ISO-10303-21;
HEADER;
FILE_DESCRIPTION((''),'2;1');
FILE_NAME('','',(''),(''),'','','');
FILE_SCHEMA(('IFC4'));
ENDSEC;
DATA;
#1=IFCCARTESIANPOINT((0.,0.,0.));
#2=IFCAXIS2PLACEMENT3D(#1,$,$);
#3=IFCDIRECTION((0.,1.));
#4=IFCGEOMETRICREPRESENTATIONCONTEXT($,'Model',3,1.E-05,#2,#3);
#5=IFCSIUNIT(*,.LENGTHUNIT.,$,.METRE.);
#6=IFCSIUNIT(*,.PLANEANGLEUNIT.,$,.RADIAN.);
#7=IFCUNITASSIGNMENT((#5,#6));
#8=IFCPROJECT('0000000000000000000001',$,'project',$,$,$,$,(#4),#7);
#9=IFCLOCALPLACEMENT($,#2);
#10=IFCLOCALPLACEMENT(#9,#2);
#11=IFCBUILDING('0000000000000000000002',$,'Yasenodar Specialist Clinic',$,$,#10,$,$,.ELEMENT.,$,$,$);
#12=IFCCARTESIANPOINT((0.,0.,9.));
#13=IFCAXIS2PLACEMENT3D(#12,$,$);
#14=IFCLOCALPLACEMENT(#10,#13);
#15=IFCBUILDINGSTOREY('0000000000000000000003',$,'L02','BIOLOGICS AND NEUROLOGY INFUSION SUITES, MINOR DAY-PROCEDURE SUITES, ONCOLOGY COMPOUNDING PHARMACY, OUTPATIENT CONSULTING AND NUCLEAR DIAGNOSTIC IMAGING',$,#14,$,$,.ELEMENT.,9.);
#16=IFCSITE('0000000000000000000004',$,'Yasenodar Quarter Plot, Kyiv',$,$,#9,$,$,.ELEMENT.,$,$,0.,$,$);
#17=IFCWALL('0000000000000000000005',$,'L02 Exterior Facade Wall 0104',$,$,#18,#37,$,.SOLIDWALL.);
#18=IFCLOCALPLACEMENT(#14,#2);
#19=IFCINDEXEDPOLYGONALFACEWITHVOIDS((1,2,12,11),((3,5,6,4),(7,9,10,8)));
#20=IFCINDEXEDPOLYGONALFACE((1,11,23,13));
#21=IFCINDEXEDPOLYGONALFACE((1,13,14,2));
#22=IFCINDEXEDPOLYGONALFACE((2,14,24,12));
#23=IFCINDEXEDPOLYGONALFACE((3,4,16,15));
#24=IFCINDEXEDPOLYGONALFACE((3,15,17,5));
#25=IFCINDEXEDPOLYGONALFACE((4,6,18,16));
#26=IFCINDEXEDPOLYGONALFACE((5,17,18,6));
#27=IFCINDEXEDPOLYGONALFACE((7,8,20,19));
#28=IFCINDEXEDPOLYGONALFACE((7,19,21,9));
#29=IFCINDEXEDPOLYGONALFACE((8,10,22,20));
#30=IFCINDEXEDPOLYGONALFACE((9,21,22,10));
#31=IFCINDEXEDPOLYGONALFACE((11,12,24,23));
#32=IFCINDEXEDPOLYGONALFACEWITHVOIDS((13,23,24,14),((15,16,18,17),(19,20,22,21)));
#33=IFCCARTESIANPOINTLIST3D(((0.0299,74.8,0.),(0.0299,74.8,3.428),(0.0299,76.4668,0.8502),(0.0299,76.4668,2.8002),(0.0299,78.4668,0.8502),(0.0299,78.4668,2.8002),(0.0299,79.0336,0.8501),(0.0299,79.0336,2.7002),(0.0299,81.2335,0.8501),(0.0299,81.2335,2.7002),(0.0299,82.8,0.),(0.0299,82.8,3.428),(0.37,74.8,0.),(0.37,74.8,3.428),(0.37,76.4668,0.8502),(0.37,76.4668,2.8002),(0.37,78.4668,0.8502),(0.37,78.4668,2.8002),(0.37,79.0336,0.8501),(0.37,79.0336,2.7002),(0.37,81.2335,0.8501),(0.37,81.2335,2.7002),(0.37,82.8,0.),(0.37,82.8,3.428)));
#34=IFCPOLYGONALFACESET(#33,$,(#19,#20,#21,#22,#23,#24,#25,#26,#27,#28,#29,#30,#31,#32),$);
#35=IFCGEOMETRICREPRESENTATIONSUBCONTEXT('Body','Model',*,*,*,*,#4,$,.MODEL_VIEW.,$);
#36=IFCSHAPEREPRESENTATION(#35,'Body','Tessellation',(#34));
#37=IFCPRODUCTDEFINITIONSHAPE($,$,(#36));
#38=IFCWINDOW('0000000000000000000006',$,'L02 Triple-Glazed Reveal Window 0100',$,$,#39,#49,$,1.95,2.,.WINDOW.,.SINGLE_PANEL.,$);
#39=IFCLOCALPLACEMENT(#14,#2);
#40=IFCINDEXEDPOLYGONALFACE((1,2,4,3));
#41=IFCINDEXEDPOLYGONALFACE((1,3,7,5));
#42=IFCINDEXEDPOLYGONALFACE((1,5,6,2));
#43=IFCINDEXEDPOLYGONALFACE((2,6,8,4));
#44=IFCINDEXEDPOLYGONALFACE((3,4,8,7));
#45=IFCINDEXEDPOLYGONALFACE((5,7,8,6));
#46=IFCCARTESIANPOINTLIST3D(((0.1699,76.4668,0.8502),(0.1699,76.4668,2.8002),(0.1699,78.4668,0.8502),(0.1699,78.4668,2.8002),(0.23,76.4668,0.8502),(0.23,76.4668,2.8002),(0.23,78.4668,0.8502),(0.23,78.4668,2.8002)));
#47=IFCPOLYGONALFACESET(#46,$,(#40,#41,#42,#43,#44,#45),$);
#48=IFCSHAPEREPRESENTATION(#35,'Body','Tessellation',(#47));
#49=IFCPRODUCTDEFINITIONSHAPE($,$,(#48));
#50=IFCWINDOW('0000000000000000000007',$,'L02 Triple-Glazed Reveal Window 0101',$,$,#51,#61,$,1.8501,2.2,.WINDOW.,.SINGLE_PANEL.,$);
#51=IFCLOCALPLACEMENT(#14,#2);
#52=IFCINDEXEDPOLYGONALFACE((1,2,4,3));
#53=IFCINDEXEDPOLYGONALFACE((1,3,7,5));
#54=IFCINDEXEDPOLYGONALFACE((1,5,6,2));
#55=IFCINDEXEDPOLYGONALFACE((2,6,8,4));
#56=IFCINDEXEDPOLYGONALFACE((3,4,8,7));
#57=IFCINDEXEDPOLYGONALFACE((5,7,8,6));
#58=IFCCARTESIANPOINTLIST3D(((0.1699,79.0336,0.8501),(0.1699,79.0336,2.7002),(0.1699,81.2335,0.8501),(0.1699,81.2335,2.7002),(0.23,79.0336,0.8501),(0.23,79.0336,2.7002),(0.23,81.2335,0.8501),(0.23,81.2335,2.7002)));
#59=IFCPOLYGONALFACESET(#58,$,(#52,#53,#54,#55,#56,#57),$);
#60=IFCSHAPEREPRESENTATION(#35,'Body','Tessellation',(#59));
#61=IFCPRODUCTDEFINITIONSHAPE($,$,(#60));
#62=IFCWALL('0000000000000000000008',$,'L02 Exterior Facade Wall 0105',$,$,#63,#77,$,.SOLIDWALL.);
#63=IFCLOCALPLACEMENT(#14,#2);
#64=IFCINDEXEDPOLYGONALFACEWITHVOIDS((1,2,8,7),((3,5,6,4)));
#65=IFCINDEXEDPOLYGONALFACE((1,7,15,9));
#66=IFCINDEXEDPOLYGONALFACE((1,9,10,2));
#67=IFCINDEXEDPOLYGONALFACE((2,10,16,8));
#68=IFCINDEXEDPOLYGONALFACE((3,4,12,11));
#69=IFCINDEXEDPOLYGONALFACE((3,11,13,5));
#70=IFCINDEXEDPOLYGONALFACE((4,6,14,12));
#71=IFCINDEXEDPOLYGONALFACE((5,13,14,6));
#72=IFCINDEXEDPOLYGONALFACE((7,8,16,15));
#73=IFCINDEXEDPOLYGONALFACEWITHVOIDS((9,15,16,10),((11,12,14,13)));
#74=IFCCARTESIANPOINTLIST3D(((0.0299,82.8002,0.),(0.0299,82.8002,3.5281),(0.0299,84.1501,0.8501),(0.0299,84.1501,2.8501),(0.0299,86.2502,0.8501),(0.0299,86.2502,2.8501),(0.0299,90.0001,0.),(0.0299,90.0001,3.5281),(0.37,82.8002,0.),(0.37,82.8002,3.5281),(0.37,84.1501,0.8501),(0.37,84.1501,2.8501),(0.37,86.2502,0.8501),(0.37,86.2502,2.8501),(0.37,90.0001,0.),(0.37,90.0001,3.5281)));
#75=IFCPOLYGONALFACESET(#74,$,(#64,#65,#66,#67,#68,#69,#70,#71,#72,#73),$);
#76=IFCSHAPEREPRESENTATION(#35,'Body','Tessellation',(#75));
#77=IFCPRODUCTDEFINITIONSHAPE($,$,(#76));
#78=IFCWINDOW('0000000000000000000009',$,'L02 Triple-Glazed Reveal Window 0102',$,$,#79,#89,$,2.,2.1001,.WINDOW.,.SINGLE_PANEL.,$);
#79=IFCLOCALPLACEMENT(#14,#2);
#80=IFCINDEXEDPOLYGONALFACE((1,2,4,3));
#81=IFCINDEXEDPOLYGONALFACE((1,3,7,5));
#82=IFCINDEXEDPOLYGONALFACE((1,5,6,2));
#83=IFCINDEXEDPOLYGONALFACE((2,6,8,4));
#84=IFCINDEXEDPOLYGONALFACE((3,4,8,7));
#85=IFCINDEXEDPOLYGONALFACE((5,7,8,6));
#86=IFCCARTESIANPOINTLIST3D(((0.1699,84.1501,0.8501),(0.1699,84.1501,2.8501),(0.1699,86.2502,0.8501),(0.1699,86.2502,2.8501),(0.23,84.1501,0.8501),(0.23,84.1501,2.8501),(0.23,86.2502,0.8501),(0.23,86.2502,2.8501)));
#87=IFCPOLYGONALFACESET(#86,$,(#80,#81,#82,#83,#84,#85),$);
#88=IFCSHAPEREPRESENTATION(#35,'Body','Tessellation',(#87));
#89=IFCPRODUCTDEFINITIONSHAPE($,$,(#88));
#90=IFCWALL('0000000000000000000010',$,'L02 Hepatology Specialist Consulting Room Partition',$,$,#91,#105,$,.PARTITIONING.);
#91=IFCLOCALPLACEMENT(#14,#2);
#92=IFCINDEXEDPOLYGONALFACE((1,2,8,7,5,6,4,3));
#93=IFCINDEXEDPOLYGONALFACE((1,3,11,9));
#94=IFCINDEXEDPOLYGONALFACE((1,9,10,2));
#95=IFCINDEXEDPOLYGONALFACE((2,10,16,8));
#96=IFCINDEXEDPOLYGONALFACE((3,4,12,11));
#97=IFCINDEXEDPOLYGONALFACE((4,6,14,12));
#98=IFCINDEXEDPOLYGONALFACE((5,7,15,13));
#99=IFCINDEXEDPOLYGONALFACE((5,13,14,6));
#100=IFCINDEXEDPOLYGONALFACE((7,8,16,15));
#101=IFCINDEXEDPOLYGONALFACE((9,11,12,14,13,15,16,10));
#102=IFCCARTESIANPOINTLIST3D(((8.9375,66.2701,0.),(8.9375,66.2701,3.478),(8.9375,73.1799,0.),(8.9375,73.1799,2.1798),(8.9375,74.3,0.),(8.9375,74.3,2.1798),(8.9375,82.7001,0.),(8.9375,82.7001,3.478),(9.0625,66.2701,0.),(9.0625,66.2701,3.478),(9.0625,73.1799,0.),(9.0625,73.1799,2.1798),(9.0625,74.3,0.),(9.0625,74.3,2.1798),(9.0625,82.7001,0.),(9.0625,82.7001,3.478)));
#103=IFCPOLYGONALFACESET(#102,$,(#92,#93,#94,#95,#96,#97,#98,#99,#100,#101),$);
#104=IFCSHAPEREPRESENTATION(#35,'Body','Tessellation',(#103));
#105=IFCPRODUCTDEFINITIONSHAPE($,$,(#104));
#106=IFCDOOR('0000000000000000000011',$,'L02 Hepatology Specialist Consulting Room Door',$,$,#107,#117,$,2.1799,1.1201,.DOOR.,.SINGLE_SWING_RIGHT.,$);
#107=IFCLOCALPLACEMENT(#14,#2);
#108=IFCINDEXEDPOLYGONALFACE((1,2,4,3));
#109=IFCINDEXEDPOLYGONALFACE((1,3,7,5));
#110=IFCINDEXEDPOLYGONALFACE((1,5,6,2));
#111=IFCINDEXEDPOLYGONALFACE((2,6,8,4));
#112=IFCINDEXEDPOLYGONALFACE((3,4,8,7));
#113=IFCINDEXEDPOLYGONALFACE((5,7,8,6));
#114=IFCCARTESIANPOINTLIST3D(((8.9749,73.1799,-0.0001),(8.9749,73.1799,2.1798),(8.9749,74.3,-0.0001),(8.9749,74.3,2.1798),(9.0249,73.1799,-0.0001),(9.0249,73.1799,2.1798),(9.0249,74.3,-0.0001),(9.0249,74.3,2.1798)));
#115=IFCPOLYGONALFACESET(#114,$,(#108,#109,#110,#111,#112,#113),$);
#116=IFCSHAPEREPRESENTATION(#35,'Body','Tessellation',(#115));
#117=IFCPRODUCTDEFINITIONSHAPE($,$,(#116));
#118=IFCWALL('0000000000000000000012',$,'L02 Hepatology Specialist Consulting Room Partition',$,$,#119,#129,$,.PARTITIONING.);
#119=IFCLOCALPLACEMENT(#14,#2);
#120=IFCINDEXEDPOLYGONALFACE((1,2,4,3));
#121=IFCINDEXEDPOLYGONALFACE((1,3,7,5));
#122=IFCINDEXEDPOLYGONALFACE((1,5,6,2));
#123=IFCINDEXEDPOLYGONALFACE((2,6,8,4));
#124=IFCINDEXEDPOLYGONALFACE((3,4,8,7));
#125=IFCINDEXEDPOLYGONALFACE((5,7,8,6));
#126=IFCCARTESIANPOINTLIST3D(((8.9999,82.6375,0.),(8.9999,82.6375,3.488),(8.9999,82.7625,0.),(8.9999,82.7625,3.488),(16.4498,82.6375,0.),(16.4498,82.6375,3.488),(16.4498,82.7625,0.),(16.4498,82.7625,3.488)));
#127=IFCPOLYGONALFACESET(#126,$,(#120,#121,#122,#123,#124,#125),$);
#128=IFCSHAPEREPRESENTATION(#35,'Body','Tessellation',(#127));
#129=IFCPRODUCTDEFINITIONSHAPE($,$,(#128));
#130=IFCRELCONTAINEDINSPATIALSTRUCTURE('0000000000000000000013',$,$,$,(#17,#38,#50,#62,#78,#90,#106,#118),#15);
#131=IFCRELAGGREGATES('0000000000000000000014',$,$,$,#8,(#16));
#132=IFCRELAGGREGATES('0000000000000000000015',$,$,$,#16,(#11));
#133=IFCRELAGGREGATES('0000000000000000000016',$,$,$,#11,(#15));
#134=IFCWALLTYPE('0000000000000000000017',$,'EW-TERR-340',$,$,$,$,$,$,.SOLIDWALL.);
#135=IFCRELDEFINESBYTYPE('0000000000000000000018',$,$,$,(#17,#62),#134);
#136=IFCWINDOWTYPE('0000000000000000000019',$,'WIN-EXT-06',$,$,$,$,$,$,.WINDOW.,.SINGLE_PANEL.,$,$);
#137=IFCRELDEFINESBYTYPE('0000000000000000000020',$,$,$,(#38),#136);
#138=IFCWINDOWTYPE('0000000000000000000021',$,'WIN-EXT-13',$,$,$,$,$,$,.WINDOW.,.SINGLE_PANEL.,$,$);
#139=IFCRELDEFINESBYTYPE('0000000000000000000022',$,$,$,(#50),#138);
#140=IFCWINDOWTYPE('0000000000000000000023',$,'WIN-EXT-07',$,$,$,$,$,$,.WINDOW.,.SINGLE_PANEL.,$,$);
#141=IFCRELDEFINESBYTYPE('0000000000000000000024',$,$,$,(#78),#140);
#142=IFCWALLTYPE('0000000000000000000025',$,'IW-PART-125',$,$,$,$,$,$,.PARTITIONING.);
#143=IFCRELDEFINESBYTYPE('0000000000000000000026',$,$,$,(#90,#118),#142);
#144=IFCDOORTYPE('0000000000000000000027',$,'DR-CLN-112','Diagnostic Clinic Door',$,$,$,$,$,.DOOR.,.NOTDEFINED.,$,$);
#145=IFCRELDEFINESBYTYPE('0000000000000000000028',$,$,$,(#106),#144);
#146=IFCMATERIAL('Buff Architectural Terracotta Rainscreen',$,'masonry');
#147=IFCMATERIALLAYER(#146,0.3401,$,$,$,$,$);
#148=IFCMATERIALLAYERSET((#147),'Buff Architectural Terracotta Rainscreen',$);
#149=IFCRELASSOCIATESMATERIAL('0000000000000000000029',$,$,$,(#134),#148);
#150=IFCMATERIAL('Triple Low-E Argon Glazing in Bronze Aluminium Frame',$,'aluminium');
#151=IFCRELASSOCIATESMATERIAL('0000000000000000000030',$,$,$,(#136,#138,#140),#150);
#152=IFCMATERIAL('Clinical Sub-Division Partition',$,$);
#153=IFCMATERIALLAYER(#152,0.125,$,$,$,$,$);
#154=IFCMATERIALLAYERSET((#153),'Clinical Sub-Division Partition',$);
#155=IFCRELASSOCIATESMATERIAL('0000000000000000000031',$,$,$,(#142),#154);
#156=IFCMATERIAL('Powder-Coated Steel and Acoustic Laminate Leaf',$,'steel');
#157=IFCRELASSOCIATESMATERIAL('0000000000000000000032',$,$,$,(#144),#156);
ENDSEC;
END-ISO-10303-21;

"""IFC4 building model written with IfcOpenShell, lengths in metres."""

from ifc_helpers import new_model, si_unit, direction, frame, frame_2d, origin, place, context, subcontext, project, spatial, rectangle, extrude, material, layer, layer_set, type_object, element, fill, save


model = new_model("IFC4")

# Units and contexts
model_context = context("Model", 3, precision=1e-05, world=origin(), true_north=direction((0.0, 1.0)))
body_context = subcontext(model_context, "Body", "Model", "MODEL_VIEW")
ifc_project = project(units=[si_unit("LENGTHUNIT", "METRE"), si_unit("PLANEANGLEUNIT", "RADIAN")], contexts=[model_context])

# Site, building, storey
site_placement = place(None, origin())
site = spatial("IfcSite", under=ifc_project, at=site_placement, Name="Yasenodar Quarter Plot, Kyiv", CompositionType="ELEMENT", RefElevation=0.0)
building_placement = place(site_placement, origin())
building = spatial("IfcBuilding", under=site, at=building_placement, Name="Yasenodar Specialist Clinic", CompositionType="ELEMENT")
storey_placement = place(building_placement, frame((0.0, 0.0, 9.0)))
storey = spatial("IfcBuildingStorey", under=building, at=storey_placement, Name="L02", Description="BIOLOGICS AND NEUROLOGY INFUSION SUITES, MINOR DAY-PROCEDURE SUITES, ONCOLOGY COMPOUNDING PHARMACY, OUTPATIENT CONSULTING AND NUCLEAR DIAGNOSTIC IMAGING", CompositionType="ELEMENT", Elevation=9.0)

# Wall, openings, windows
ifc_material_1 = material(Name="Buff Architectural Terracotta Rainscreen", Category="masonry")
ifc_layer_1 = layer(ifc_material_1, 0.3401)
ifc_layer_set_1 = layer_set([ifc_layer_1], Name="Buff Architectural Terracotta Rainscreen")
wall_type_1 = type_object("IfcWallType", Name="EW-TERR-340", PredefinedType="SOLIDWALL", material=ifc_layer_set_1)
wall_1_placement = place(storey_placement, frame((0.2, 74.8, 0.0), z_axis=(0.0, 0.0, 1.0), x_axis=(0.0, 1.0, 0.0)))
wall_1 = element("IfcWall", 1, at=wall_1_placement, inside=storey, type_object=wall_type_1, Name="L02 Exterior Facade Wall 0104", PredefinedType="SOLIDWALL", context=body_context, shape_type="SweptSolid", body=[
    extrude(rectangle(XDim=8.0, YDim=0.3401, at=frame_2d((4.0, 0.0))), origin(), (0.0, 0.0, 1.0), 3.428),
])
opening_1_placement = place(wall_1_placement, frame((1.6667, 0.0, 0.8501)))
opening_1 = element("IfcOpeningElement", 2, at=opening_1_placement, cuts=wall_1, PredefinedType="OPENING", context=body_context, shape_type="SweptSolid", body=[
    extrude(rectangle(XDim=2.0, YDim=1.95, at=frame_2d((1.0, 0.9751))), frame((0.0, 0.1802, 0.0), z_axis=(0.0, -1.0, 0.0), x_axis=(1.0, 0.0, 0.0)), (0.0, 0.0, 1.0), 0.3601),
])
opening_2_placement = place(wall_1_placement, frame((4.2334, 0.0, 0.8501)))
opening_2 = element("IfcOpeningElement", 3, at=opening_2_placement, cuts=wall_1, PredefinedType="OPENING", context=body_context, shape_type="SweptSolid", body=[
    extrude(rectangle(XDim=2.2, YDim=1.8501, at=frame_2d((1.1001, 0.925))), frame((0.0, 0.1802, 0.0), z_axis=(0.0, -1.0, 0.0), x_axis=(1.0, 0.0, 0.0)), (0.0, 0.0, 1.0), 0.3601),
])
ifc_material_2 = material(Name="Triple Low-E Argon Glazing in Bronze Aluminium Frame", Category="aluminium")
window_type_1 = type_object("IfcWindowType", Name="WIN-EXT-06", PartitioningType="SINGLE_PANEL", PredefinedType="WINDOW", material=ifc_material_2)
window_1_placement = place(opening_1_placement, origin())
window_1 = element("IfcWindow", 4, at=window_1_placement, inside=storey, type_object=window_type_1, Name="L02 Triple-Glazed Reveal Window 0100", OverallHeight=1.95, OverallWidth=2.0, PartitioningType="SINGLE_PANEL", PredefinedType="WINDOW", context=body_context, shape_type="SweptSolid", body=[
    extrude(rectangle(XDim=2.0, YDim=1.95, at=frame_2d((1.0, 0.9751))), frame((0.0, 0.03, 0.0), z_axis=(0.0, -1.0, 0.0), x_axis=(1.0, 0.0, 0.0)), (0.0, 0.0, 1.0), 0.0601),
])
fill(opening_1, window_1)
window_type_2 = type_object("IfcWindowType", Name="WIN-EXT-13", PartitioningType="SINGLE_PANEL", PredefinedType="WINDOW", material=ifc_material_2)
window_2_placement = place(opening_2_placement, origin())
window_2 = element("IfcWindow", 5, at=window_2_placement, inside=storey, type_object=window_type_2, Name="L02 Triple-Glazed Reveal Window 0101", OverallHeight=1.8501, OverallWidth=2.2, PartitioningType="SINGLE_PANEL", PredefinedType="WINDOW", context=body_context, shape_type="SweptSolid", body=[
    extrude(rectangle(XDim=2.2, YDim=1.8501, at=frame_2d((1.1001, 0.925))), frame((0.0, 0.03, 0.0), z_axis=(0.0, -1.0, 0.0), x_axis=(1.0, 0.0, 0.0)), (0.0, 0.0, 1.0), 0.0601),
])
fill(opening_2, window_2)

# Wall, opening, window
wall_2_placement = place(storey_placement, frame((0.2, 82.8, 0.0), z_axis=(0.0, 0.0, 1.0), x_axis=(0.0, 1.0, 0.0)))
wall_2 = element("IfcWall", 6, at=wall_2_placement, inside=storey, type_object=wall_type_1, Name="L02 Exterior Facade Wall 0105", PredefinedType="SOLIDWALL", context=body_context, shape_type="SweptSolid", body=[
    extrude(rectangle(XDim=7.2, YDim=0.3401, at=frame_2d((3.6001, 0.0))), origin(), (0.0, 0.0, 1.0), 3.5281),
])
opening_3_placement = place(wall_2_placement, frame((1.3501, 0.0, 0.8501)))
opening_3 = element("IfcOpeningElement", 7, at=opening_3_placement, cuts=wall_2, PredefinedType="OPENING", context=body_context, shape_type="SweptSolid", body=[
    extrude(rectangle(XDim=2.1001, YDim=2.0, at=frame_2d((1.05, 1.0))), frame((0.0, 0.1802, 0.0), z_axis=(0.0, -1.0, 0.0), x_axis=(1.0, 0.0, 0.0)), (0.0, 0.0, 1.0), 0.3601),
])
window_type_3 = type_object("IfcWindowType", Name="WIN-EXT-07", PartitioningType="SINGLE_PANEL", PredefinedType="WINDOW", material=ifc_material_2)
window_3_placement = place(opening_3_placement, origin())
window_3 = element("IfcWindow", 8, at=window_3_placement, inside=storey, type_object=window_type_3, Name="L02 Triple-Glazed Reveal Window 0102", OverallHeight=2.0, OverallWidth=2.1001, PartitioningType="SINGLE_PANEL", PredefinedType="WINDOW", context=body_context, shape_type="SweptSolid", body=[
    extrude(rectangle(XDim=2.1001, YDim=2.0, at=frame_2d((1.05, 1.0))), frame((0.0, 0.03, 0.0), z_axis=(0.0, -1.0, 0.0), x_axis=(1.0, 0.0, 0.0)), (0.0, 0.0, 1.0), 0.0601),
])
fill(opening_3, window_3)

# Wall, opening, door
ifc_material_3 = material(Name="Clinical Sub-Division Partition")
ifc_layer_2 = layer(ifc_material_3, 0.125)
ifc_layer_set_2 = layer_set([ifc_layer_2], Name="Clinical Sub-Division Partition")
wall_type_2 = type_object("IfcWallType", Name="IW-PART-125", PredefinedType="PARTITIONING", material=ifc_layer_set_2)
wall_3_placement = place(storey_placement, frame((9.0, 82.7, 0.0), z_axis=(0.0, 0.0, 1.0), x_axis=(0.0, -1.0, 0.0)))
wall_3 = element("IfcWall", 9, at=wall_3_placement, inside=storey, type_object=wall_type_2, Name="L02 Hepatology Specialist Consulting Room Partition", PredefinedType="PARTITIONING", context=body_context, shape_type="SweptSolid", body=[
    extrude(rectangle(XDim=16.4299, YDim=0.125, at=frame_2d((8.2148, 0.0))), origin(), (0.0, 0.0, 1.0), 3.478),
])
opening_4_placement = place(wall_3_placement, frame((8.3999, 0.0, 0.0)))
opening_4 = element("IfcOpeningElement", 10, at=opening_4_placement, cuts=wall_3, PredefinedType="OPENING", context=body_context, shape_type="SweptSolid", body=[
    extrude(rectangle(XDim=1.1201, YDim=2.1799, at=frame_2d((0.5601, 1.0898))), frame((0.0, 0.0725, 0.0), z_axis=(0.0, -1.0, 0.0), x_axis=(1.0, 0.0, 0.0)), (0.0, 0.0, 1.0), 0.145),
])
ifc_material_4 = material(Name="Powder-Coated Steel and Acoustic Laminate Leaf", Category="steel")
door_type = type_object("IfcDoorType", Name="DR-CLN-112", Description="Diagnostic Clinic Door", OperationType="NOTDEFINED", PredefinedType="DOOR", material=ifc_material_4)
door_placement = place(opening_4_placement, origin())
door = element("IfcDoor", 11, at=door_placement, inside=storey, type_object=door_type, Name="L02 Hepatology Specialist Consulting Room Door", OperationType="SINGLE_SWING_RIGHT", OverallHeight=2.1799, OverallWidth=1.1201, PredefinedType="DOOR", context=body_context, shape_type="SweptSolid", body=[
    extrude(rectangle(XDim=1.1201, YDim=2.1799, at=frame_2d((0.5601, 1.0898))), frame((0.0, 0.0249, 0.0), z_axis=(0.0, -1.0, 0.0), x_axis=(1.0, 0.0, 0.0)), (0.0, 0.0, 1.0), 0.05),
])
fill(opening_4, door)

# Wall
wall_4_placement = place(storey_placement, frame((16.45, 82.7, 0.0), z_axis=(0.0, 0.0, 1.0), x_axis=(-1.0, 0.0, 0.0)))
element("IfcWall", 12, at=wall_4_placement, inside=storey, type_object=wall_type_2, Name="L02 Hepatology Specialist Consulting Room Partition", PredefinedType="PARTITIONING", context=body_context, shape_type="SweptSolid", body=[
    extrude(rectangle(XDim=7.45, YDim=0.125, at=frame_2d((3.7251, 0.0))), origin(), (0.0, 0.0, 1.0), 3.488),
])

save(model, "model.ifc")
